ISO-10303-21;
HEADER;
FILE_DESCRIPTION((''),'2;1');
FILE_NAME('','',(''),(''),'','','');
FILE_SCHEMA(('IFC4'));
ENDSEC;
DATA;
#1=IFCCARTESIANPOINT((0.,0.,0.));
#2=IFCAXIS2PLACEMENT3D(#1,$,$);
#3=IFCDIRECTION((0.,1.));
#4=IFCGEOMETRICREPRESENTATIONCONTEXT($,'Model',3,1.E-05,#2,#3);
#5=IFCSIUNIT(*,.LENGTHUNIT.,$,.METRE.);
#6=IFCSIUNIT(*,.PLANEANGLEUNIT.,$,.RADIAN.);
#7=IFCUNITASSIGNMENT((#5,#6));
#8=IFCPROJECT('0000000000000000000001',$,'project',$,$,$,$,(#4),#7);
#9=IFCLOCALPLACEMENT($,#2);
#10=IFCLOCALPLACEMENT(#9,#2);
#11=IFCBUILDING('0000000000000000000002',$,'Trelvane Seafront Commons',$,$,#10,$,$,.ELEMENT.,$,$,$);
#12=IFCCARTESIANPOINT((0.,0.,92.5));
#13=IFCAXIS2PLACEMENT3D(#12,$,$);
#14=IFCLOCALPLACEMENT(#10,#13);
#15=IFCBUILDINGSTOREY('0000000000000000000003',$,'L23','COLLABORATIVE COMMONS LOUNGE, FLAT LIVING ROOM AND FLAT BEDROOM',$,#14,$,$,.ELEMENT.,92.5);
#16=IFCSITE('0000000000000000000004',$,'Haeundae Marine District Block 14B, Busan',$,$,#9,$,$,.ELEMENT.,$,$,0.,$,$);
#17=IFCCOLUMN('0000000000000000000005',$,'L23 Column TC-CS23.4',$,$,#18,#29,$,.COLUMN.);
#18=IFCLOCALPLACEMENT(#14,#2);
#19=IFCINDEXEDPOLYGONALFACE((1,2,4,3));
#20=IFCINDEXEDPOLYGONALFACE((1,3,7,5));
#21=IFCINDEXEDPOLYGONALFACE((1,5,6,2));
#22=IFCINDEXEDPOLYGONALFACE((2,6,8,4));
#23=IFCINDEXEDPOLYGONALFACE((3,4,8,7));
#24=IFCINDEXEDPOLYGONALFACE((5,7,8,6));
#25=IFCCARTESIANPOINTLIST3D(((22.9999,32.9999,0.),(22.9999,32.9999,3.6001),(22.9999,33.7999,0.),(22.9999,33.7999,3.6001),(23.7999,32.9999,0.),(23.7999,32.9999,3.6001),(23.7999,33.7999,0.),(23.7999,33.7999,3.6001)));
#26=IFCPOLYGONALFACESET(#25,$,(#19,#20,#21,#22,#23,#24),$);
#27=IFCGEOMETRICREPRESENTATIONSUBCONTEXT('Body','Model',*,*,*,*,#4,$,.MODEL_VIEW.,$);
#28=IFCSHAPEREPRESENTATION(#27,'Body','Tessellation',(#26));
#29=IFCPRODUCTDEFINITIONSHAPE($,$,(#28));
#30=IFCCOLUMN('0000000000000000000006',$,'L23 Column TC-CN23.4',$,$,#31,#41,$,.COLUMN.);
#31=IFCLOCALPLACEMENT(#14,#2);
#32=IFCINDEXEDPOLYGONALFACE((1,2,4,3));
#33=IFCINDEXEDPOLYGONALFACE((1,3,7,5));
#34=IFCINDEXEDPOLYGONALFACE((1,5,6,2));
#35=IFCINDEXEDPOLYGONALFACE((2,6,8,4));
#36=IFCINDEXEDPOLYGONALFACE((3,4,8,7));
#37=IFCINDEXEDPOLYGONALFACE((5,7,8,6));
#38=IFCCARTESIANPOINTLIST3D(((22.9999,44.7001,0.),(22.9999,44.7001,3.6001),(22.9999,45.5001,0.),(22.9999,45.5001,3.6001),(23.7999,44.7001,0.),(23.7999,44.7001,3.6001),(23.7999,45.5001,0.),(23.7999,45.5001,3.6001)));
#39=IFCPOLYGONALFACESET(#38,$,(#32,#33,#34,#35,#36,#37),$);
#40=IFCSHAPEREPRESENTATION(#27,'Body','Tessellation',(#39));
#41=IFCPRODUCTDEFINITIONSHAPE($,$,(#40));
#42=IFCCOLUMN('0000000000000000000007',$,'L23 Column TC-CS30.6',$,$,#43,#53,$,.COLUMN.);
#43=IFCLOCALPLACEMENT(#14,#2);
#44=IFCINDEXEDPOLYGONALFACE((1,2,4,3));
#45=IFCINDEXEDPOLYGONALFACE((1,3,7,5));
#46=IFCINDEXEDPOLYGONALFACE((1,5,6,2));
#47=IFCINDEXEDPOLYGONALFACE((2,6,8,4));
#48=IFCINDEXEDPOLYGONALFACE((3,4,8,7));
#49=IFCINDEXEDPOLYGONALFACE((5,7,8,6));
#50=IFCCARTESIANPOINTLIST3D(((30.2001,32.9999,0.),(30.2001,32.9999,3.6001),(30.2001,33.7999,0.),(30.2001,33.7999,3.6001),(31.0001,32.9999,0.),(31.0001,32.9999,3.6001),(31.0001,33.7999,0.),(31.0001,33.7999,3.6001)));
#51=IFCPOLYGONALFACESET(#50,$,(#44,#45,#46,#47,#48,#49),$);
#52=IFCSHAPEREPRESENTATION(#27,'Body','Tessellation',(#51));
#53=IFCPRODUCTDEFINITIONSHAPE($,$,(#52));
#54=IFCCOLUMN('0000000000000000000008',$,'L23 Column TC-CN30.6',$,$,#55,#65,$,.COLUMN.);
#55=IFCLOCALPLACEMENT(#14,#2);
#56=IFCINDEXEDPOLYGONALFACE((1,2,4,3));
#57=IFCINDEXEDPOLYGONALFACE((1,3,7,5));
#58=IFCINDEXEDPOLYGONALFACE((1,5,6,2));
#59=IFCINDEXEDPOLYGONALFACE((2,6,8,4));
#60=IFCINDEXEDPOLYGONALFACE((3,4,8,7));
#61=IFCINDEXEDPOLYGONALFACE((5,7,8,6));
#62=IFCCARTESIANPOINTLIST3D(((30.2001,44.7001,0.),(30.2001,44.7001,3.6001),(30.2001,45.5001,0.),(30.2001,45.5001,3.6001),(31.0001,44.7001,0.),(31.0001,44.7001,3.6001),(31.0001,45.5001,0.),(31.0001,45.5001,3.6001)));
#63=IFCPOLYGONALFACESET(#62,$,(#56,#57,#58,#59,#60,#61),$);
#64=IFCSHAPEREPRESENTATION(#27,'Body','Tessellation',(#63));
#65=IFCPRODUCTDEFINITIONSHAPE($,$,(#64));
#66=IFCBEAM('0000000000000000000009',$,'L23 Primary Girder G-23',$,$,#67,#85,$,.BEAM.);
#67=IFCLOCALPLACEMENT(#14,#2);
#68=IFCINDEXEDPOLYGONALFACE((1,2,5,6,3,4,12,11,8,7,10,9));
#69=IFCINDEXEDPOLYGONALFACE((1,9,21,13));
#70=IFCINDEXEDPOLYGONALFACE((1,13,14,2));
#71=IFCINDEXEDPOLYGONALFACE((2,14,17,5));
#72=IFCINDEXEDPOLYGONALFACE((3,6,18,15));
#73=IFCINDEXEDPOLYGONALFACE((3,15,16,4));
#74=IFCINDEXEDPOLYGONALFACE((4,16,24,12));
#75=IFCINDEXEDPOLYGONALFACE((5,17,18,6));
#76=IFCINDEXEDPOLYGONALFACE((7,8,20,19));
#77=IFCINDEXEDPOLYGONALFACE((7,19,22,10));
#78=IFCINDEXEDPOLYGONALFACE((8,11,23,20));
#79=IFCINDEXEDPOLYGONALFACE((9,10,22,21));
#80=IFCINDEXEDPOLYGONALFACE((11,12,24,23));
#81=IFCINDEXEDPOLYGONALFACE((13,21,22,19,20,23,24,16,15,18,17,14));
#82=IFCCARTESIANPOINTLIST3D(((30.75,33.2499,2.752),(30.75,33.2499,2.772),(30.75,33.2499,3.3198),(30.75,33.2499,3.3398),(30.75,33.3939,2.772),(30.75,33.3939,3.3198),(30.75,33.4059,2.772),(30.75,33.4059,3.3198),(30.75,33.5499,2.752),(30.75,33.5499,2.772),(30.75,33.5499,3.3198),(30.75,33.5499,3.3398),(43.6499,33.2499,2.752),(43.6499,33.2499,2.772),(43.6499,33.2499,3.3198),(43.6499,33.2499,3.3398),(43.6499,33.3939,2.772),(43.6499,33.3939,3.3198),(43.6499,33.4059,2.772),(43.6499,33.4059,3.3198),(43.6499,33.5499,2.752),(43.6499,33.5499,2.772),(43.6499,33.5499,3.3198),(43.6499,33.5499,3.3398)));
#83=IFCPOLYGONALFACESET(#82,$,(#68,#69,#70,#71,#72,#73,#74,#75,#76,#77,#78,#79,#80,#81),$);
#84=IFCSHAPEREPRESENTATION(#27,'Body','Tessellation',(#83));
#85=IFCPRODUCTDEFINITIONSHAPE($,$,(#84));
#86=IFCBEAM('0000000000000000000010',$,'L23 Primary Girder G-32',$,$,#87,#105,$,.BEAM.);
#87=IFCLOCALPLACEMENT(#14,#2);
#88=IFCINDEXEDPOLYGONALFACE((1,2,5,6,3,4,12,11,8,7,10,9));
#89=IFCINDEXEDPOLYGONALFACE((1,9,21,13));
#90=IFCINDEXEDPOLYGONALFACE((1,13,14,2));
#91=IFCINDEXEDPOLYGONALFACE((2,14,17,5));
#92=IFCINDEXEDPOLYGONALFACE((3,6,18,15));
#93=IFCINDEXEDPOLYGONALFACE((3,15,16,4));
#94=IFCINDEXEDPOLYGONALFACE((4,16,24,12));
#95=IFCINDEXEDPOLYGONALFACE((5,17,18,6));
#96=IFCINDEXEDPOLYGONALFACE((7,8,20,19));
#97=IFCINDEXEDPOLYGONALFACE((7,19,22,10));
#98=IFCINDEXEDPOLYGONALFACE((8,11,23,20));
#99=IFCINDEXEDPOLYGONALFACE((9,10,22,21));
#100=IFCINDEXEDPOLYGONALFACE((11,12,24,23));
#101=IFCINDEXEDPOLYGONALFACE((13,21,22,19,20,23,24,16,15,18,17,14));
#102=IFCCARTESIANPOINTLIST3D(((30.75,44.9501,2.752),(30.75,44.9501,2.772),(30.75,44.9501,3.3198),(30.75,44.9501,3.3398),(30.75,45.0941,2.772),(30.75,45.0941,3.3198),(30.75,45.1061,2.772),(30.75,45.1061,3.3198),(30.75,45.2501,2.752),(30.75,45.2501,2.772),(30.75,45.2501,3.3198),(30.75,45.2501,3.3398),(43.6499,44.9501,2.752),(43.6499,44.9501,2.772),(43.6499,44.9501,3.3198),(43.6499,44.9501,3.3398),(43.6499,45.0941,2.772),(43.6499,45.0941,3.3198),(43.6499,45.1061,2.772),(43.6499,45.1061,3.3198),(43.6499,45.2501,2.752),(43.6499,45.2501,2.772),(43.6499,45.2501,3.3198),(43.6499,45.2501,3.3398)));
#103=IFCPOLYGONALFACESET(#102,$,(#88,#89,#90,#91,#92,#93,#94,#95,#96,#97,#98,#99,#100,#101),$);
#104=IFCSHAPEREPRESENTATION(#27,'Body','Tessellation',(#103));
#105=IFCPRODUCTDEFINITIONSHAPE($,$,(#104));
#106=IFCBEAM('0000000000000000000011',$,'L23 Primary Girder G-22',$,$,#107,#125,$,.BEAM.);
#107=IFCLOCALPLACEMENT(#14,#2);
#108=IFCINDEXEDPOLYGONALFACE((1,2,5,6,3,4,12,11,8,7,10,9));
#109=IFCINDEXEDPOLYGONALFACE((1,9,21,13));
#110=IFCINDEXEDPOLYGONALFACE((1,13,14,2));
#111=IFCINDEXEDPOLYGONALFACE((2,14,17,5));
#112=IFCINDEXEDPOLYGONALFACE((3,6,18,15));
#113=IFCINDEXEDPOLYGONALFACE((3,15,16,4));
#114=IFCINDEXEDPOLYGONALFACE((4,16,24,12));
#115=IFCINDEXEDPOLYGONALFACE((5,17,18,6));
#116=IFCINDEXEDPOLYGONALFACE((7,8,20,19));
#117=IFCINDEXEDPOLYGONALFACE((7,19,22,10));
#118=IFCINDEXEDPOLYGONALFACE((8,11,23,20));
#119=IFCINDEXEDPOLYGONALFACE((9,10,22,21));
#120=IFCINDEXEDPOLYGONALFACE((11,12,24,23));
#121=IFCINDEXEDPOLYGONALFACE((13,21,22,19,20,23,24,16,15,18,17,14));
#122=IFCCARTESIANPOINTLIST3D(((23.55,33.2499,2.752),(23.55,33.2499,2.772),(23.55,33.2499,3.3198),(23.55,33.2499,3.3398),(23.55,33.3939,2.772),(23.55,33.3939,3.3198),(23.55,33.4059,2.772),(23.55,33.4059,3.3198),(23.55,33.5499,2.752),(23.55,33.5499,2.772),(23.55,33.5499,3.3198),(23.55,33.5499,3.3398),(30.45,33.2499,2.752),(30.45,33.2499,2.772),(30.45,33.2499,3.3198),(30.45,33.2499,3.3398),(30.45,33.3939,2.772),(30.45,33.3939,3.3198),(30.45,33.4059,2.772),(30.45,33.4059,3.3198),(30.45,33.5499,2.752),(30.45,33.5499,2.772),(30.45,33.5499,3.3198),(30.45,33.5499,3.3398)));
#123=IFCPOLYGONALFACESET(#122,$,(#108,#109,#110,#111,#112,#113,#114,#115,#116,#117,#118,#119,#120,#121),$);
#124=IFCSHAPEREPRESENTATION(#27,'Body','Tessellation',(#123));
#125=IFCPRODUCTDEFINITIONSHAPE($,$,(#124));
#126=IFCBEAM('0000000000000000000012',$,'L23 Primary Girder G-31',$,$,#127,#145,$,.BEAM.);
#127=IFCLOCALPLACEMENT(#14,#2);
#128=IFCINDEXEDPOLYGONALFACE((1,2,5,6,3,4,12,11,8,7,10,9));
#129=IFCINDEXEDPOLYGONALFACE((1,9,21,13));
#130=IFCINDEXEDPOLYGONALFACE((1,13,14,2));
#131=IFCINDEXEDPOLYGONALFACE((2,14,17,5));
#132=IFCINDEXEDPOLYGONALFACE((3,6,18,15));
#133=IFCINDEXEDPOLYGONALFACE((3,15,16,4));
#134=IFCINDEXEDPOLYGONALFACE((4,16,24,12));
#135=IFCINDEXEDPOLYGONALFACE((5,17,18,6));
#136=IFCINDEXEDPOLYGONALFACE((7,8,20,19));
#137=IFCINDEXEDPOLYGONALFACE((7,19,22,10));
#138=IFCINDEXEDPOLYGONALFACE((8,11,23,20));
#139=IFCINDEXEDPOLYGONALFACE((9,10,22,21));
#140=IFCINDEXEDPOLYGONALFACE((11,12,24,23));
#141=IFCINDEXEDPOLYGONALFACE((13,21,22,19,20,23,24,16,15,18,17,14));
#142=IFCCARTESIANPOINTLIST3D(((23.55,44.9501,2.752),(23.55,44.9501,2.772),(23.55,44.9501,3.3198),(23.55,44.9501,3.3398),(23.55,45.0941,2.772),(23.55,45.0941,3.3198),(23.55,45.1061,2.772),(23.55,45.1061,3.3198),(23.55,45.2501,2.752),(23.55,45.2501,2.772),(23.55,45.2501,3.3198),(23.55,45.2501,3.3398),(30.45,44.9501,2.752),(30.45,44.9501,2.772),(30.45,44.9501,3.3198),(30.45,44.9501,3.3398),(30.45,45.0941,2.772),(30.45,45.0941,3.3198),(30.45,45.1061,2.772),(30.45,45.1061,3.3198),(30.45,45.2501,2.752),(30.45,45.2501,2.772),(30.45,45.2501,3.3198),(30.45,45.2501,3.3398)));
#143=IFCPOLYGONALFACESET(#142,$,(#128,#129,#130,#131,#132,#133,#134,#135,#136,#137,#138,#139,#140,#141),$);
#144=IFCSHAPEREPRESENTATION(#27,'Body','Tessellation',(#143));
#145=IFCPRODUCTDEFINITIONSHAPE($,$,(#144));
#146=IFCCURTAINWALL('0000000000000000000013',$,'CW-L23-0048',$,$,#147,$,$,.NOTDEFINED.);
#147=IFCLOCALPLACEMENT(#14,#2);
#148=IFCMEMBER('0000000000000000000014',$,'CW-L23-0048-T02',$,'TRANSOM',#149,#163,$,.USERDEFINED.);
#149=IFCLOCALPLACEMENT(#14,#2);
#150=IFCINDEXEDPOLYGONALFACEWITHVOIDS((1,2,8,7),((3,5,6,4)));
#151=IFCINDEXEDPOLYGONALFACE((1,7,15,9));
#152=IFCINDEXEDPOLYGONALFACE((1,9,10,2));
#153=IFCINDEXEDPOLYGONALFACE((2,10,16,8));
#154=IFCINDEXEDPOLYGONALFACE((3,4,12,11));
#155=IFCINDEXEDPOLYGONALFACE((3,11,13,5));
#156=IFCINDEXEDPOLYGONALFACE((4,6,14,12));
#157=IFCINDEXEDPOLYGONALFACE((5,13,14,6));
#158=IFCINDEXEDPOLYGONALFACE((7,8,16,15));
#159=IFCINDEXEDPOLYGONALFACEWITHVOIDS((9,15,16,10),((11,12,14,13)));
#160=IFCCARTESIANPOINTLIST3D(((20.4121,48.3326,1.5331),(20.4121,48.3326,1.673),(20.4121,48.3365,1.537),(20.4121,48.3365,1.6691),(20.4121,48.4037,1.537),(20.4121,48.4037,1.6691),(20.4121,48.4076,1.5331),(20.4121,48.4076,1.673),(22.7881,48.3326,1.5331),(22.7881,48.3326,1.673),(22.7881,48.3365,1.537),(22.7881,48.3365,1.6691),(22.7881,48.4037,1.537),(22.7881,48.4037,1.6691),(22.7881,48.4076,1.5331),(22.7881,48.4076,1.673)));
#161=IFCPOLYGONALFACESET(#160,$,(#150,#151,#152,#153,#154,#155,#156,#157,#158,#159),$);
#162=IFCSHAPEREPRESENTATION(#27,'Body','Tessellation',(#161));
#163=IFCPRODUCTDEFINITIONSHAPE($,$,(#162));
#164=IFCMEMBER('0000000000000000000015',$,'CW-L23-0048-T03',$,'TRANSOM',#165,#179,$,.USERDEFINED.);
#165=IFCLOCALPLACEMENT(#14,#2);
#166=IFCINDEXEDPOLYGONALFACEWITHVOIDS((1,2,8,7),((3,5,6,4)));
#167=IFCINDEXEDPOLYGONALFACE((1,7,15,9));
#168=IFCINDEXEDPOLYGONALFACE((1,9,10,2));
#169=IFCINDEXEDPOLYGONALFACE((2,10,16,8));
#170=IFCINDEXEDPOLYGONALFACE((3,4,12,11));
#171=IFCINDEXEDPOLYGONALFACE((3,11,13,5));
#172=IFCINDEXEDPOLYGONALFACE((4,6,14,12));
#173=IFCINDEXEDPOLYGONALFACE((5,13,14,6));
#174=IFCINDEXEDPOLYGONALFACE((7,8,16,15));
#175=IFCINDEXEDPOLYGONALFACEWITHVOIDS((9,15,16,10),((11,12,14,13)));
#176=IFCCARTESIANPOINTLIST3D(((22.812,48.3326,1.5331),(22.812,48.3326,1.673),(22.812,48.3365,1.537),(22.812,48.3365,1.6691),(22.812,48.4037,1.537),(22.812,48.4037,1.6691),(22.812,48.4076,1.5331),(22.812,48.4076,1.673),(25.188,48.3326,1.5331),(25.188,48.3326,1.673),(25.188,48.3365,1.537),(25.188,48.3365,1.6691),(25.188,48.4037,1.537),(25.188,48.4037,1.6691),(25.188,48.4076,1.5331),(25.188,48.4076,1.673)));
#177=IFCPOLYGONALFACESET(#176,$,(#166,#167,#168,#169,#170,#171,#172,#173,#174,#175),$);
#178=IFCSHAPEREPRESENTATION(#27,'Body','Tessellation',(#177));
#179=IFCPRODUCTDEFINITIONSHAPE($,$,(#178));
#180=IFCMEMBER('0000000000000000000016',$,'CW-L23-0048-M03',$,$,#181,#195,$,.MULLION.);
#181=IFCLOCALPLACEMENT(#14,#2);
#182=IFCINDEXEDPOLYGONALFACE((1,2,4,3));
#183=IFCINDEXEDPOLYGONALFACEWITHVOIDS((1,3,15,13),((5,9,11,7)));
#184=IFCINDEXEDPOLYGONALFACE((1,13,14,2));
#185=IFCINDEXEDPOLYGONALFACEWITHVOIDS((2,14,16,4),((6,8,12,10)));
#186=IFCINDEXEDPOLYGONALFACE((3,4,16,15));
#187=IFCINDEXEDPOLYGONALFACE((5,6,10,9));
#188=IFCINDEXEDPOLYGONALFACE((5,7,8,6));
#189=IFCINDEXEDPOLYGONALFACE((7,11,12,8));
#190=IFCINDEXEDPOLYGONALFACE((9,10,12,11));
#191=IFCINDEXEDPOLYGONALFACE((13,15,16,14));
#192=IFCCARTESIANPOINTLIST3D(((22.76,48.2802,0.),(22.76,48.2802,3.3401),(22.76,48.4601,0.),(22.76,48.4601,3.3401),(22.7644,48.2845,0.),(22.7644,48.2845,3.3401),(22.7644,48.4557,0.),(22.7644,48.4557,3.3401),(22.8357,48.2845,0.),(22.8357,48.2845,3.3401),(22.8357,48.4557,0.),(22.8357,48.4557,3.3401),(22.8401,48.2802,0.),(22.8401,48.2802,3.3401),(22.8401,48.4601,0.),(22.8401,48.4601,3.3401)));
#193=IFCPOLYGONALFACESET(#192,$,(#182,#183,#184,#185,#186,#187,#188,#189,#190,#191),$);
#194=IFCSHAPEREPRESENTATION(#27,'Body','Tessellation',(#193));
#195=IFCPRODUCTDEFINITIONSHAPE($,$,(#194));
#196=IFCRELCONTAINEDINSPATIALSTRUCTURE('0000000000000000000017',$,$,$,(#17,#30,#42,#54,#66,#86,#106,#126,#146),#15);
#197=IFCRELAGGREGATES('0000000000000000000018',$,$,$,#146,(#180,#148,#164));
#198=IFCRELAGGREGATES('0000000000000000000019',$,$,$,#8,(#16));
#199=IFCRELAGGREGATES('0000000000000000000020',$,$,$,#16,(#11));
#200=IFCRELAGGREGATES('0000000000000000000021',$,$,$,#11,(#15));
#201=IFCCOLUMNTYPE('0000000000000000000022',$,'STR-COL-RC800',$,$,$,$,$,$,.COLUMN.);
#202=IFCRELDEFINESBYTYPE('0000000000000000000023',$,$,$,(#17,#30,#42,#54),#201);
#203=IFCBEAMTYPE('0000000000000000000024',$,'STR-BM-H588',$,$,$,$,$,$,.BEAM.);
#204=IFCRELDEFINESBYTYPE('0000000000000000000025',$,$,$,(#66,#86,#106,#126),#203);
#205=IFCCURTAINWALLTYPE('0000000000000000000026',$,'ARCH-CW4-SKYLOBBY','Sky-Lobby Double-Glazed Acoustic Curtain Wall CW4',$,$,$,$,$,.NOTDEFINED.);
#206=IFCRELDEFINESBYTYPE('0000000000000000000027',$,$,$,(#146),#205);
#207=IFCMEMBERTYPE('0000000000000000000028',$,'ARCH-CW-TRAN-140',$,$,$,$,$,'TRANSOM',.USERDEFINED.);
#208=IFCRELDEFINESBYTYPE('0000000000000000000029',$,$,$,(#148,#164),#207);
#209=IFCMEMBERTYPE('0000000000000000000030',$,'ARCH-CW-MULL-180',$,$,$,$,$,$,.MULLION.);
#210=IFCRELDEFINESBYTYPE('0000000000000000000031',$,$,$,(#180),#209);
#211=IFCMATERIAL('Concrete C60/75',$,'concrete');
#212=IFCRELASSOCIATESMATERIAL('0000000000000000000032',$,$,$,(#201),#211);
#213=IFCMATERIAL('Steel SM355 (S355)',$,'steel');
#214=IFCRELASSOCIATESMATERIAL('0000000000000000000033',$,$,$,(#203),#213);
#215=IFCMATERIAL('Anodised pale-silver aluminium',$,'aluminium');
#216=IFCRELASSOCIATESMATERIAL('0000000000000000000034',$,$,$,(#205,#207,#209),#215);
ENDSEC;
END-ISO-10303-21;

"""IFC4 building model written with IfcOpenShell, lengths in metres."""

from ifc_helpers import new_model, si_unit, direction, frame, origin, origin_2d, place, context, subcontext, project, spatial, rectangle, hollow_rectangle, i_section, extrude, source, transform, mapped, material, material_profile, profile_set, type_object, element, aggregate, save


model = new_model("IFC4")

# Units and contexts
model_context = context("Model", 3, precision=1e-05, world=origin(), true_north=direction((0.0, 1.0)))
body_context = subcontext(model_context, "Body", "Model", "MODEL_VIEW")
ifc_project = project(units=[si_unit("LENGTHUNIT", "METRE"), si_unit("PLANEANGLEUNIT", "RADIAN")], contexts=[model_context])

# Site, building, storey
site_placement = place(None, origin())
site = spatial("IfcSite", under=ifc_project, at=site_placement, Name="Haeundae Marine District Block 14B, Busan", CompositionType="ELEMENT", RefElevation=0.0)
building_placement = place(site_placement, origin())
building = spatial("IfcBuilding", under=site, at=building_placement, Name="Trelvane Seafront Commons", CompositionType="ELEMENT")
storey_placement = place(building_placement, frame((0.0, 0.0, 92.5)))
storey = spatial("IfcBuildingStorey", under=building, at=storey_placement, Name="L23", Description="COLLABORATIVE COMMONS LOUNGE, FLAT LIVING ROOM AND FLAT BEDROOM", CompositionType="ELEMENT", Elevation=92.5)

# Columns
ifc_material_1 = material(Name="Concrete C60/75", Category="concrete")
ifc_material_profile_1 = material_profile(ifc_material_1, rectangle(XDim=0.8, YDim=0.8, at=origin_2d()), Name="RC-800x800")
ifc_profile_set_1 = profile_set([ifc_material_profile_1], Name="Concrete C60/75")
column_type = type_object("IfcColumnType", Name="STR-COL-RC800", PredefinedType="COLUMN", material=ifc_profile_set_1)
shared_shape_1 = source(origin(), body_context, "Body", "SweptSolid", [
    extrude(rectangle(XDim=0.8, YDim=0.8, at=origin_2d()), origin(), (0.0, 0.0, 1.0), 3.6001),
])
for number, where, z_axis, x_axis, name in (
    (1, (23.3999, 33.3999, 0.0), (0.0, 0.0, 1.0), (1.0, 0.0, 0.0), "L23 Column TC-CS23.4"),
    (2, (23.3999, 45.1001, 0.0), (0.0, 0.0, 1.0), (1.0, 0.0, 0.0), "L23 Column TC-CN23.4"),
    (3, (30.6001, 33.3999, 0.0), (0.0, 0.0, 1.0), (1.0, 0.0, 0.0), "L23 Column TC-CS30.6"),
    (4, (30.6001, 45.1001, 0.0), (0.0, 0.0, 1.0), (1.0, 0.0, 0.0), "L23 Column TC-CN30.6"),
):
    element("IfcColumn", number, at=place(storey_placement, frame(where, z_axis=z_axis, x_axis=x_axis)), inside=storey, type_object=column_type, Name=name, PredefinedType="COLUMN", context=body_context, shape_type="MappedRepresentation", body=[
        mapped(shared_shape_1, transform((0.0, 0.0, 0.0), x_axis=(1.0, 0.0, 0.0), y_axis=(0.0, 1.0, 0.0), z_axis=(0.0, 0.0, 1.0), scale=1.0)),
    ])

# Beams
ifc_material_2 = material(Name="Steel SM355 (S355)", Category="steel")
ifc_material_profile_2 = material_profile(ifc_material_2, i_section(OverallWidth=0.3, OverallDepth=0.5879, WebThickness=0.012, FlangeThickness=0.02, at=origin_2d()), Name="H-588x300x12x20")
ifc_profile_set_2 = profile_set([ifc_material_profile_2], Name="Steel SM355 (S355)")
beam_type = type_object("IfcBeamType", Name="STR-BM-H588", PredefinedType="BEAM", material=ifc_profile_set_2)
shared_shape_2 = source(origin(), body_context, "Body", "SweptSolid", [
    extrude(i_section(OverallWidth=0.3, OverallDepth=0.5879, WebThickness=0.012, FlangeThickness=0.02, at=origin_2d()), origin(), (0.0, 0.0, 1.0), 12.8999),
])
for number, where, z_axis, x_axis, name in (
    (5, (30.75, 33.3999, 3.0459), (1.0, 0.0, 0.0), (0.0, 1.0, 0.0), "L23 Primary Girder G-23"),
    (6, (30.75, 45.1001, 3.0459), (1.0, 0.0, 0.0), (0.0, 1.0, 0.0), "L23 Primary Girder G-32"),
):
    element("IfcBeam", number, at=place(storey_placement, frame(where, z_axis=z_axis, x_axis=x_axis)), inside=storey, type_object=beam_type, Name=name, PredefinedType="BEAM", context=body_context, shape_type="MappedRepresentation", body=[
        mapped(shared_shape_2, transform((0.0, 0.0, 0.0), x_axis=(1.0, 0.0, 0.0), y_axis=(0.0, 1.0, 0.0), z_axis=(0.0, 0.0, 1.0), scale=1.0)),
    ])
shared_shape_3 = source(origin(), body_context, "Body", "SweptSolid", [
    extrude(i_section(OverallWidth=0.3, OverallDepth=0.5879, WebThickness=0.012, FlangeThickness=0.02, at=origin_2d()), origin(), (0.0, 0.0, 1.0), 6.8999),
])
for number, where, z_axis, x_axis, name in (
    (7, (23.55, 33.3999, 3.0459), (1.0, 0.0, 0.0), (0.0, 1.0, 0.0), "L23 Primary Girder G-22"),
    (8, (23.55, 45.1001, 3.0459), (1.0, 0.0, 0.0), (0.0, 1.0, 0.0), "L23 Primary Girder G-31"),
):
    element("IfcBeam", number, at=place(storey_placement, frame(where, z_axis=z_axis, x_axis=x_axis)), inside=storey, type_object=beam_type, Name=name, PredefinedType="BEAM", context=body_context, shape_type="MappedRepresentation", body=[
        mapped(shared_shape_3, transform((0.0, 0.0, 0.0), x_axis=(1.0, 0.0, 0.0), y_axis=(0.0, 1.0, 0.0), z_axis=(0.0, 0.0, 1.0), scale=1.0)),
    ])

# Curtain wall, members
ifc_material_3 = material(Name="Anodised pale-silver aluminium", Category="aluminium")
curtain_wall_type = type_object("IfcCurtainWallType", Name="ARCH-CW4-SKYLOBBY", Description="Sky-Lobby Double-Glazed Acoustic Curtain Wall CW4", PredefinedType="NOTDEFINED", material=ifc_material_3)
curtain_wall_placement = place(storey_placement, origin())
curtain_wall = element("IfcCurtainWall", 9, at=curtain_wall_placement, inside=storey, type_object=curtain_wall_type, Name="CW-L23-0048", PredefinedType="NOTDEFINED")
ifc_material_profile_3 = material_profile(ifc_material_3, hollow_rectangle(XDim=0.075, YDim=0.1399, WallThickness=0.0039, at=origin_2d()), Name="TRAN-75x140x4")
ifc_profile_set_3 = profile_set([ifc_material_profile_3], Name="Anodised pale-silver aluminium")
member_type_1 = type_object("IfcMemberType", Name="ARCH-CW-TRAN-140", ElementType="TRANSOM", PredefinedType="USERDEFINED", material=ifc_profile_set_3)
shared_shape_4 = source(origin(), body_context, "Body", "SweptSolid", [
    extrude(hollow_rectangle(XDim=0.075, YDim=0.1399, WallThickness=0.0039, at=origin_2d()), origin(), (0.0, 0.0, 1.0), 2.376),
])
member_1_placement = place(storey_placement, frame((20.4121, 48.3701, 1.603), z_axis=(1.0, 0.0, 0.0), x_axis=(0.0, 1.0, 0.0)))
member_1 = element("IfcMember", 10, at=member_1_placement, type_object=member_type_1, Name="CW-L23-0048-T02", ObjectType="TRANSOM", PredefinedType="USERDEFINED", context=body_context, shape_type="MappedRepresentation", body=[
    mapped(shared_shape_4, transform((0.0, 0.0, 0.0), x_axis=(1.0, 0.0, 0.0), y_axis=(0.0, 1.0, 0.0), z_axis=(0.0, 0.0, 1.0), scale=1.0)),
])
member_2_placement = place(storey_placement, frame((22.812, 48.3701, 1.603), z_axis=(1.0, 0.0, 0.0), x_axis=(0.0, 1.0, 0.0)))
member_2 = element("IfcMember", 11, at=member_2_placement, type_object=member_type_1, Name="CW-L23-0048-T03", ObjectType="TRANSOM", PredefinedType="USERDEFINED", context=body_context, shape_type="MappedRepresentation", body=[
    mapped(shared_shape_4, transform((0.0, 0.0, 0.0), x_axis=(1.0, 0.0, 0.0), y_axis=(0.0, 1.0, 0.0), z_axis=(0.0, 0.0, 1.0), scale=1.0)),
])
ifc_material_profile_4 = material_profile(ifc_material_3, hollow_rectangle(XDim=0.0801, YDim=0.1799, WallThickness=0.0044, at=origin_2d()), Name="MULL-80x180x4.5")
ifc_profile_set_4 = profile_set([ifc_material_profile_4], Name="Anodised pale-silver aluminium")
member_type_2 = type_object("IfcMemberType", Name="ARCH-CW-MULL-180", PredefinedType="MULLION", material=ifc_profile_set_4)
shared_shape_5 = source(origin(), body_context, "Body", "SweptSolid", [
    extrude(hollow_rectangle(XDim=0.0801, YDim=0.1799, WallThickness=0.0044, at=origin_2d()), origin(), (0.0, 0.0, 1.0), 3.3401),
])
member_3_placement = place(storey_placement, frame((22.8, 48.3701, 0.0), z_axis=(0.0, 0.0, 1.0), x_axis=(1.0, 0.0, 0.0)))
member_3 = element("IfcMember", 12, at=member_3_placement, type_object=member_type_2, Name="CW-L23-0048-M03", PredefinedType="MULLION", context=body_context, shape_type="MappedRepresentation", body=[
    mapped(shared_shape_5, transform((0.0, 0.0, 0.0), x_axis=(1.0, 0.0, 0.0), y_axis=(0.0, 1.0, 0.0), z_axis=(0.0, 0.0, 1.0), scale=1.0)),
])
aggregate(curtain_wall, [member_3, member_1, member_2])

save(model, "model.ifc")
